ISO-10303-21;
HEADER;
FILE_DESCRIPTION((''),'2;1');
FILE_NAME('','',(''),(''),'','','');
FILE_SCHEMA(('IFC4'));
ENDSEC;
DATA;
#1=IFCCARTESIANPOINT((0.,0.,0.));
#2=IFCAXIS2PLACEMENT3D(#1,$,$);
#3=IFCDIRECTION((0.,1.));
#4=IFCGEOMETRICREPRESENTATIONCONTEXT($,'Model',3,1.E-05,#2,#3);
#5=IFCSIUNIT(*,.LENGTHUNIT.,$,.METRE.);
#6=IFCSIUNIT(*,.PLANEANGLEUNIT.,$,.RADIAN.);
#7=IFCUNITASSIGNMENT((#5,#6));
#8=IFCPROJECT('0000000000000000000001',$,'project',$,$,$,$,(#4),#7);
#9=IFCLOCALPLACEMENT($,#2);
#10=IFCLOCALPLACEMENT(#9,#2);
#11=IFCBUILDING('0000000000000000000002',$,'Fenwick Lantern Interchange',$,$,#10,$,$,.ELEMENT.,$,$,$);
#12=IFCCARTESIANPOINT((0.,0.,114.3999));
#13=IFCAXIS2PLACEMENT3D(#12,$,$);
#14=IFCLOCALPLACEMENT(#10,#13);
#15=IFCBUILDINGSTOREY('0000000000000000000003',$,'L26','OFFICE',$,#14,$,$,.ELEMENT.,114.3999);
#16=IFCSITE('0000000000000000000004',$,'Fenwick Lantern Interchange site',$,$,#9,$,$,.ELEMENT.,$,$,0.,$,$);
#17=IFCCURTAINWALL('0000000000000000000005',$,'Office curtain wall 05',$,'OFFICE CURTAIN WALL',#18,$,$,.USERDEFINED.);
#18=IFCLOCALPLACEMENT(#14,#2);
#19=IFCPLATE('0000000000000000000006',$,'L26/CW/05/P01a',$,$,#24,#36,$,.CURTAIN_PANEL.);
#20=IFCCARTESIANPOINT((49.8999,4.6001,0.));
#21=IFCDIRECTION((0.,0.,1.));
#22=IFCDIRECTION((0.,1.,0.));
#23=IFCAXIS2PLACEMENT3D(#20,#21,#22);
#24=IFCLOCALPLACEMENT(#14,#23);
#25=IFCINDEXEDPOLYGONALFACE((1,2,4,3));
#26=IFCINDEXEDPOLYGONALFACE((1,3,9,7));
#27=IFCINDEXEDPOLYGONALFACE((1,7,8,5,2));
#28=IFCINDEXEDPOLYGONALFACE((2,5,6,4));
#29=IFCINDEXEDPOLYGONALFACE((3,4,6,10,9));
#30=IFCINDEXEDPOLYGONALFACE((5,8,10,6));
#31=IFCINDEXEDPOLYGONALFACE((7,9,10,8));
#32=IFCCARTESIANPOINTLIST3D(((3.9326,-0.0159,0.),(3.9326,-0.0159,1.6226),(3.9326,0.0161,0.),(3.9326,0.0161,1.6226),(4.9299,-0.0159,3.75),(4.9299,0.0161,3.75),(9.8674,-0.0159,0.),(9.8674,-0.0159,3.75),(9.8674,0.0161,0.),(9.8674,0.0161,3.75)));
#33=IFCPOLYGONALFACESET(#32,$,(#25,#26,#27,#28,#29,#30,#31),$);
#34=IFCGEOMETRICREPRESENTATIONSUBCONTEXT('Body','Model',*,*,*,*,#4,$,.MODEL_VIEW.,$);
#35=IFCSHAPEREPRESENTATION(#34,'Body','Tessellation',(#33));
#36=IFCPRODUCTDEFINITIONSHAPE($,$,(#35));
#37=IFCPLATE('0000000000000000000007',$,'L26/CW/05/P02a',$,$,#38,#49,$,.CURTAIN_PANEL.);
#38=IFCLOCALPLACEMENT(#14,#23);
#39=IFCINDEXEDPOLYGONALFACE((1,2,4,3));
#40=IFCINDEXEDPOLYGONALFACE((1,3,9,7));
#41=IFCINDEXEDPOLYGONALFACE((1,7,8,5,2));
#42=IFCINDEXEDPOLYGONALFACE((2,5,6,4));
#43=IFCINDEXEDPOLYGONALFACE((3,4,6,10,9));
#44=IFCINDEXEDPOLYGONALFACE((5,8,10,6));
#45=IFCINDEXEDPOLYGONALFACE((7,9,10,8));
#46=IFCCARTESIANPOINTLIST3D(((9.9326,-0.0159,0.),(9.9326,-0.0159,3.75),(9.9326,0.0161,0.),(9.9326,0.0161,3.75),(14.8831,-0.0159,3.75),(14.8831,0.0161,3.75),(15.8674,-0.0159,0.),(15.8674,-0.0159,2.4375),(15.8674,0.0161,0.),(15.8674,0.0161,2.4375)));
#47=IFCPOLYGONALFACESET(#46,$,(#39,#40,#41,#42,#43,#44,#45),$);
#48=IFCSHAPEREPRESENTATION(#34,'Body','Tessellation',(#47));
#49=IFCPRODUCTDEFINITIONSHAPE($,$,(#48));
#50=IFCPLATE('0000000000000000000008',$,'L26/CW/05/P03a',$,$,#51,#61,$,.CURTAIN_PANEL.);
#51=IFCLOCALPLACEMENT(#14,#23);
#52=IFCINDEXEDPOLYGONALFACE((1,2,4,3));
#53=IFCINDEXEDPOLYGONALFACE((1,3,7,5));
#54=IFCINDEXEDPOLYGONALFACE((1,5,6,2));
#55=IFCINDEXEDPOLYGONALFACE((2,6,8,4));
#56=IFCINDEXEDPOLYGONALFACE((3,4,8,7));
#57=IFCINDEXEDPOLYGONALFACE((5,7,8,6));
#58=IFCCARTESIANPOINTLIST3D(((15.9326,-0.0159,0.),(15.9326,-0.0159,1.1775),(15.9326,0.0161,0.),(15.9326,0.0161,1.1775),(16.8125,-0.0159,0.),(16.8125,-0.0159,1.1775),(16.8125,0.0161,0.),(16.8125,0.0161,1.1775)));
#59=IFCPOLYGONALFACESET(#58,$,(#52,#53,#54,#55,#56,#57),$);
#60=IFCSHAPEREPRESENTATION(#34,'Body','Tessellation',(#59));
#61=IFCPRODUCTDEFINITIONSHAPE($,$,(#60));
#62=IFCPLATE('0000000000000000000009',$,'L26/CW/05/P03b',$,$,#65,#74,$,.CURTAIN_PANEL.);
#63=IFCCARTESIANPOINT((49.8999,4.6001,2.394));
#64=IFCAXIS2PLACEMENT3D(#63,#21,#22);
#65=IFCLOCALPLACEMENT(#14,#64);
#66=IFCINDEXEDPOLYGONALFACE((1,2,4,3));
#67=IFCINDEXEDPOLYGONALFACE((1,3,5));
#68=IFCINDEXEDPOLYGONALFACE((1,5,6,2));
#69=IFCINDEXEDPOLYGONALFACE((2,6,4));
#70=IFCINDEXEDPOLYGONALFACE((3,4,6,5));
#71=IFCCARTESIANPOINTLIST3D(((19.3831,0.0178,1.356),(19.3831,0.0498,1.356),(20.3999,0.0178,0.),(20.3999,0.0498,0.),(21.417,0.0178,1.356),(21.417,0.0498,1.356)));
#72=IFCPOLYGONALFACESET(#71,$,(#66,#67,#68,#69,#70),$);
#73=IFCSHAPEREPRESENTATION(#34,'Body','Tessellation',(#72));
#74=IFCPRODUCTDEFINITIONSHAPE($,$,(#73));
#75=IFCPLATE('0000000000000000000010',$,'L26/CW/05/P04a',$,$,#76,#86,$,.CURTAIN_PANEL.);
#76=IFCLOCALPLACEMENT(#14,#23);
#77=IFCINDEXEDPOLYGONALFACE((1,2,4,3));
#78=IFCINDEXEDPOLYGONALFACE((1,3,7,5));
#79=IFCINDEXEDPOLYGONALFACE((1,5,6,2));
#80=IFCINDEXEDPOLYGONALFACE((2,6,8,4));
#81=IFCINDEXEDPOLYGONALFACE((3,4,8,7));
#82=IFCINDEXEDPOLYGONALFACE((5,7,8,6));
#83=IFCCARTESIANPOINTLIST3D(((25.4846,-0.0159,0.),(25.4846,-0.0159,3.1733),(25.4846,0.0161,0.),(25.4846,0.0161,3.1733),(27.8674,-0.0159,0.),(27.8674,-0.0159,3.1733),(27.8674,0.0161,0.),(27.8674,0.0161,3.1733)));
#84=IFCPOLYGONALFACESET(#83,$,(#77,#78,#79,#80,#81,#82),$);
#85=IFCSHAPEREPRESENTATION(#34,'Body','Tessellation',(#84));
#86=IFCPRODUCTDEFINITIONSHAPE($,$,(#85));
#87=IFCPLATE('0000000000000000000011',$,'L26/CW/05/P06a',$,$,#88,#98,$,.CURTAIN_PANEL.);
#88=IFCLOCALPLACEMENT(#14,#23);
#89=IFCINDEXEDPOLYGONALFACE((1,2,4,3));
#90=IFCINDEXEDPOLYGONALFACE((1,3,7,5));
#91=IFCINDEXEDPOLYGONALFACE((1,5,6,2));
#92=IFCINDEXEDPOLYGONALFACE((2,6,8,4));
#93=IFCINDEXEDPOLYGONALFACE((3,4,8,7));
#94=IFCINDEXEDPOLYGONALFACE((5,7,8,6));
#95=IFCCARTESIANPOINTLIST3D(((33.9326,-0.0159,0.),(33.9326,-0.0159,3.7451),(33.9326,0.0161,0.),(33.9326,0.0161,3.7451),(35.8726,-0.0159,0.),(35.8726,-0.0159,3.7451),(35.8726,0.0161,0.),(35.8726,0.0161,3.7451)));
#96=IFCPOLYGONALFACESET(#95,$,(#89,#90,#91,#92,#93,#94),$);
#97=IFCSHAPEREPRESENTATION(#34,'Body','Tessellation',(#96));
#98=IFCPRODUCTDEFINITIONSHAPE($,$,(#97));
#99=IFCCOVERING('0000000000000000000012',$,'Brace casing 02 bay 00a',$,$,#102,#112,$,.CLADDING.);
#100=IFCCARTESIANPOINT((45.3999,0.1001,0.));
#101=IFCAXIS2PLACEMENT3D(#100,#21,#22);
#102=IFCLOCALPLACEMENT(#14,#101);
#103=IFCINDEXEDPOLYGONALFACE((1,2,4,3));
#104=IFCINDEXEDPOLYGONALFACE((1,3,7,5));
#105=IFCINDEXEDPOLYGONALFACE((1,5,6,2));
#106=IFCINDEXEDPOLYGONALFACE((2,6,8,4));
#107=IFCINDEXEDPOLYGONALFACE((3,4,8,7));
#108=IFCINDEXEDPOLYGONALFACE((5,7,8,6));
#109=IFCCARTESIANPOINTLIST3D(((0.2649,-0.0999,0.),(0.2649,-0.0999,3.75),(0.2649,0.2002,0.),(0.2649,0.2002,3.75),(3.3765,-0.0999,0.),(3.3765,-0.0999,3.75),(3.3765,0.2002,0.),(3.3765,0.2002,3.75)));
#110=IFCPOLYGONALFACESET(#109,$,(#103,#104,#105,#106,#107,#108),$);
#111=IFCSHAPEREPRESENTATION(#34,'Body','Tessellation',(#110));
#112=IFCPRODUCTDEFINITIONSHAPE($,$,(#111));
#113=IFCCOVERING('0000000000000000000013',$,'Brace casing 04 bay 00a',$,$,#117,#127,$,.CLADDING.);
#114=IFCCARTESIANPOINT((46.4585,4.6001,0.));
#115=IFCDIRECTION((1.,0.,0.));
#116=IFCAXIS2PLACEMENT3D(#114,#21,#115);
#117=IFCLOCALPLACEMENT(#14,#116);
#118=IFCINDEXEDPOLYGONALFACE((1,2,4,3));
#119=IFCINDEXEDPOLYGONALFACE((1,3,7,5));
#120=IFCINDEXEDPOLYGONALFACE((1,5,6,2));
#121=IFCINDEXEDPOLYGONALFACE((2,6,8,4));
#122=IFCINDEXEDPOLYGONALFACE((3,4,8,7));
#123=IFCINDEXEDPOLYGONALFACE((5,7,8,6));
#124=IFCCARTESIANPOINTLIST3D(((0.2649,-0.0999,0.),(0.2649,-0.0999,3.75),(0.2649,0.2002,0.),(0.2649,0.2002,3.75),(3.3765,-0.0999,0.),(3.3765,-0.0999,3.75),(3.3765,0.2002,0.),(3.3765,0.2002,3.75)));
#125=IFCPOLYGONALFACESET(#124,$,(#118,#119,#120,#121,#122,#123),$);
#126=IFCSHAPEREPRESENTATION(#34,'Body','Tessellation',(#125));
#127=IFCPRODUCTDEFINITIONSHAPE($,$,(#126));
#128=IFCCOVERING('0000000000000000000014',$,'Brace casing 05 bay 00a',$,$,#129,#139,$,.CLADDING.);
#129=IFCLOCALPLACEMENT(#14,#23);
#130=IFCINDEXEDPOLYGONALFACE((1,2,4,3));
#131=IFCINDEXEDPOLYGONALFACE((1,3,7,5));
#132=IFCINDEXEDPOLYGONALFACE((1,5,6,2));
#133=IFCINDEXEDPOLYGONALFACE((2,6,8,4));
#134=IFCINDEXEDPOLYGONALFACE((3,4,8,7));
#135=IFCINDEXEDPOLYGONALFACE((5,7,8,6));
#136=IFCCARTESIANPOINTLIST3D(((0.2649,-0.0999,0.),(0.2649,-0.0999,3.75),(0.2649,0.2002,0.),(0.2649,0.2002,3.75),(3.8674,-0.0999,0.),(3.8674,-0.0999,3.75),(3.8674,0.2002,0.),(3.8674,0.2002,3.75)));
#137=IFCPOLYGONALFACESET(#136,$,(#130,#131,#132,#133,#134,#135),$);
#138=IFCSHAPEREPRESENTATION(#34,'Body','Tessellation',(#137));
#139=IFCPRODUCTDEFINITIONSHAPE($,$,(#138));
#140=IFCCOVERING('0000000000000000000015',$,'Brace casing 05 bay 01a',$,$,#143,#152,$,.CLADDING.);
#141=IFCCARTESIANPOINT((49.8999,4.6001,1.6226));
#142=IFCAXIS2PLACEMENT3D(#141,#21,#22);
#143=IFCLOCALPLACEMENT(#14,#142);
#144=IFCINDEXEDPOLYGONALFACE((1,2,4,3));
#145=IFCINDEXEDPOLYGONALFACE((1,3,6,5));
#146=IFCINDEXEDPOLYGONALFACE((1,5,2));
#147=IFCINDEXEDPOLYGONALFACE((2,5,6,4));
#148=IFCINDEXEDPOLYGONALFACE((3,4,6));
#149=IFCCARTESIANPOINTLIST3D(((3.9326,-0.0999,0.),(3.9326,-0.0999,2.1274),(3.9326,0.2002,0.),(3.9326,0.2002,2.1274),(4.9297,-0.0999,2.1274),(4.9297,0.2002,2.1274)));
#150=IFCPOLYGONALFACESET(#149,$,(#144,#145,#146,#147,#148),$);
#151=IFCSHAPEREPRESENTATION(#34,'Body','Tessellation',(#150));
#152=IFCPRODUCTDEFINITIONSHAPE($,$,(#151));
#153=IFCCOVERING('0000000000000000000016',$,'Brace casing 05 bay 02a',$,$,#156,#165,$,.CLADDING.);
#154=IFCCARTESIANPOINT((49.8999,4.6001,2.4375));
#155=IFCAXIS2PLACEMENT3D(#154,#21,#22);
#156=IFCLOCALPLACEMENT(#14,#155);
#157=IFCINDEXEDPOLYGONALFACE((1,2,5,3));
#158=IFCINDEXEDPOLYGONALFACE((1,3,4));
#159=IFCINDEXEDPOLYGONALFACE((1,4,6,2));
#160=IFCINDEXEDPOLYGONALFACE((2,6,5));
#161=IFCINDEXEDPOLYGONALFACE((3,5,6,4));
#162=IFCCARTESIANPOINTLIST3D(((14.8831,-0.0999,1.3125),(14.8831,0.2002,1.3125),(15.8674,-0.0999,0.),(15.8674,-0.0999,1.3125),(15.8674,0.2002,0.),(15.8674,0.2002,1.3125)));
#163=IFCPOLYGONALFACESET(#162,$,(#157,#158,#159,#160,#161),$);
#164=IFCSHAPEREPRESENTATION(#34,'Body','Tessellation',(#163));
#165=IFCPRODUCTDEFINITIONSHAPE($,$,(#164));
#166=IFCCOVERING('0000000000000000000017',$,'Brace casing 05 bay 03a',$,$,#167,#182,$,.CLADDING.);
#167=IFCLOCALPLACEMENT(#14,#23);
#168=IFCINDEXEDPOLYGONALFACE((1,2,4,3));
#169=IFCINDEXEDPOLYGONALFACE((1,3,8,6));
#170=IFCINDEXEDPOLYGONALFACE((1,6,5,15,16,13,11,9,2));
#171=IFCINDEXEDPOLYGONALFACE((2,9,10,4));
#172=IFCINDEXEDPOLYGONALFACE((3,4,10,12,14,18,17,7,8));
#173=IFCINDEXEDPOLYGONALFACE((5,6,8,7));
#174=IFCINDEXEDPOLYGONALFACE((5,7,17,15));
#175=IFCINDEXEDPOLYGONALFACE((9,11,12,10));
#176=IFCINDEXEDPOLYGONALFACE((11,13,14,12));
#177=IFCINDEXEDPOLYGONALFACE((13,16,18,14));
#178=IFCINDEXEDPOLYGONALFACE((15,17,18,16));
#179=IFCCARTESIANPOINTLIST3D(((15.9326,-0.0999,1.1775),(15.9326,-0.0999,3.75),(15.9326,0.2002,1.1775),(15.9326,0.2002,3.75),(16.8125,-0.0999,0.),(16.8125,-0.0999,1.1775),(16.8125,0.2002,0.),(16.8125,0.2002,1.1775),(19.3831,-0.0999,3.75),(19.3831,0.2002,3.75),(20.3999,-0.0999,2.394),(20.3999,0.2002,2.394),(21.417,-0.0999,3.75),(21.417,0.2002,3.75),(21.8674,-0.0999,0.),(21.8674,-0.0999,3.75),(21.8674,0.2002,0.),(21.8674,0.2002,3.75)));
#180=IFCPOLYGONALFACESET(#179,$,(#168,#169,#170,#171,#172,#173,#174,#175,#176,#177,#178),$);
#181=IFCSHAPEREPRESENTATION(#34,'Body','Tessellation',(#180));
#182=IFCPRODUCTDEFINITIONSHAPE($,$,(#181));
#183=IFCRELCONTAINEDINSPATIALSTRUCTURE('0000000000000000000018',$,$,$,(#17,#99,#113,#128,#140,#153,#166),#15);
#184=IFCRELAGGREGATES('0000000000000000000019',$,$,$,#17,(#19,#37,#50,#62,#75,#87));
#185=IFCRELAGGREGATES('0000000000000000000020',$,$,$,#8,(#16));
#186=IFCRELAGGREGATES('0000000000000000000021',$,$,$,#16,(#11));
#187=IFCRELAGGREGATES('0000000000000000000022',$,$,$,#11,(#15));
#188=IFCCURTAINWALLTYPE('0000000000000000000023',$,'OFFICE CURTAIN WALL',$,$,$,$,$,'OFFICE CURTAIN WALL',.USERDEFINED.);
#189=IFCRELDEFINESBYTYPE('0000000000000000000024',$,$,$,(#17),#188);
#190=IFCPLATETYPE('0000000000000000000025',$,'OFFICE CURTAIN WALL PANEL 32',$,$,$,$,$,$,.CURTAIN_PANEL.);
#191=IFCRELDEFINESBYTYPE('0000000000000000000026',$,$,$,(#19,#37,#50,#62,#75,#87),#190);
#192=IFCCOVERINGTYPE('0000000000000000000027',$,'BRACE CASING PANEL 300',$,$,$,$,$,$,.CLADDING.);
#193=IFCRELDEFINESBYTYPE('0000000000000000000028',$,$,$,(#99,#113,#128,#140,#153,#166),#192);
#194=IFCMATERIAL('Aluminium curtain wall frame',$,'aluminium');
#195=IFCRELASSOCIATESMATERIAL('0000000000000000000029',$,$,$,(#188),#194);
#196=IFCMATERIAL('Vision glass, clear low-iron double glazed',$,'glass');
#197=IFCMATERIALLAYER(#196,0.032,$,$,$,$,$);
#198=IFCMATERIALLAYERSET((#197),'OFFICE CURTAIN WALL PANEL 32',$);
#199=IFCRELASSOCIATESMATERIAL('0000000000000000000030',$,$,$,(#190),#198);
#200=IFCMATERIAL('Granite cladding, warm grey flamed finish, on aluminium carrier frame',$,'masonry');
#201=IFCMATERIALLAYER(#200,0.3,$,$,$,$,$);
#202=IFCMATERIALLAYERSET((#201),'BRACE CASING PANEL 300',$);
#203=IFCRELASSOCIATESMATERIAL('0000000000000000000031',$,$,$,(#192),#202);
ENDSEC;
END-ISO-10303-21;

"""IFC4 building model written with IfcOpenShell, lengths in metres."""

from ifc_helpers import new_model, si_unit, direction, frame, origin, place, context, subcontext, project, spatial, polyline, outline, extrude, material, layer, layer_set, type_object, element, aggregate, save


model = new_model("IFC4")

# Units and contexts
model_context = context("Model", 3, precision=1e-05, world=origin(), true_north=direction((0.0, 1.0)))
body_context = subcontext(model_context, "Body", "Model", "MODEL_VIEW")
ifc_project = project(units=[si_unit("LENGTHUNIT", "METRE"), si_unit("PLANEANGLEUNIT", "RADIAN")], contexts=[model_context])

# Site, building, storey
site_placement = place(None, origin())
site = spatial("IfcSite", under=ifc_project, at=site_placement, Name="Fenwick Lantern Interchange site", CompositionType="ELEMENT", RefElevation=0.0)
building_placement = place(site_placement, origin())
building = spatial("IfcBuilding", under=site, at=building_placement, Name="Fenwick Lantern Interchange", CompositionType="ELEMENT")
storey_placement = place(building_placement, frame((0.0, 0.0, 114.3999)))
storey = spatial("IfcBuildingStorey", under=building, at=storey_placement, Name="L26", Description="OFFICE", CompositionType="ELEMENT", Elevation=114.3999)

# Shared definitions
ifc_material_1 = material(Name="Aluminium curtain wall frame", Category="aluminium")
curtain_wall_type = type_object("IfcCurtainWallType", Name="OFFICE CURTAIN WALL", ElementType="OFFICE CURTAIN WALL", PredefinedType="USERDEFINED", material=ifc_material_1)

# Shared definitions
ifc_material_2 = material(Name="Vision glass, clear low-iron double glazed", Category="glass")
ifc_layer_1 = layer(ifc_material_2, 0.032)
ifc_layer_set_1 = layer_set([ifc_layer_1], Name="OFFICE CURTAIN WALL PANEL 32")
plate_type = type_object("IfcPlateType", Name="OFFICE CURTAIN WALL PANEL 32", PredefinedType="CURTAIN_PANEL", material=ifc_layer_set_1)

# Curtain wall, plates
curtain_wall_1_placement = place(storey_placement, origin())
curtain_wall_1 = element("IfcCurtainWall", 1, at=curtain_wall_1_placement, inside=storey, type_object=curtain_wall_type, Name="Office curtain wall 05", ObjectType="OFFICE CURTAIN WALL", PredefinedType="USERDEFINED")
plate_1_placement = place(storey_placement, frame((49.8999, 4.6001, 0.0), z_axis=(0.0, 0.0, 1.0), x_axis=(0.0, 1.0, 0.0)))
plate_1 = element("IfcPlate", 2, at=plate_1_placement, type_object=plate_type, Name="L26/CW/05/P01a", PredefinedType="CURTAIN_PANEL", context=body_context, shape_type="SweptSolid", body=[
    extrude(outline(polyline([(3.9326, 0.0), (9.8674, 0.0), (9.8674, 3.75), (4.9299, 3.75), (3.9326, 1.6226), (3.9326, 0.0)])), frame((0.0, 0.0161, 0.0), z_axis=(0.0, -1.0, 0.0), x_axis=(1.0, 0.0, 0.0)), (0.0, 0.0, 1.0), 0.032),
])
plate_2_placement = place(storey_placement, frame((49.8999, 4.6001, 0.0), z_axis=(0.0, 0.0, 1.0), x_axis=(0.0, 1.0, 0.0)))
plate_2 = element("IfcPlate", 3, at=plate_2_placement, type_object=plate_type, Name="L26/CW/05/P02a", PredefinedType="CURTAIN_PANEL", context=body_context, shape_type="SweptSolid", body=[
    extrude(outline(polyline([(9.9326, 0.0), (15.8674, 0.0), (15.8674, 2.4375), (14.8831, 3.75), (9.9326, 3.75), (9.9326, 0.0)])), frame((0.0, 0.0161, 0.0), z_axis=(0.0, -1.0, 0.0), x_axis=(1.0, 0.0, 0.0)), (0.0, 0.0, 1.0), 0.032),
])
plate_3_placement = place(storey_placement, frame((49.8999, 4.6001, 0.0), z_axis=(0.0, 0.0, 1.0), x_axis=(0.0, 1.0, 0.0)))
plate_3 = element("IfcPlate", 4, at=plate_3_placement, type_object=plate_type, Name="L26/CW/05/P03a", PredefinedType="CURTAIN_PANEL", context=body_context, shape_type="SweptSolid", body=[
    extrude(outline(polyline([(15.9326, 0.0), (16.8125, 0.0), (16.8125, 1.1775), (15.9326, 1.1775), (15.9326, 0.0)])), frame((0.0, 0.0161, 0.0), z_axis=(0.0, -1.0, 0.0), x_axis=(1.0, 0.0, 0.0)), (0.0, 0.0, 1.0), 0.032),
])
plate_4_placement = place(storey_placement, frame((49.8999, 4.6001, 2.394), z_axis=(0.0, 0.0, 1.0), x_axis=(0.0, 1.0, 0.0)))
plate_4 = element("IfcPlate", 5, at=plate_4_placement, type_object=plate_type, Name="L26/CW/05/P03b", PredefinedType="CURTAIN_PANEL", context=body_context, shape_type="SweptSolid", body=[
    extrude(outline(polyline([(20.3999, 0.0), (21.417, 1.356), (19.3831, 1.356), (20.3999, 0.0)])), frame((0.0, 0.0498, 0.0), z_axis=(0.0, -1.0, 0.0), x_axis=(1.0, 0.0, 0.0)), (0.0, 0.0, 1.0), 0.032),
])
plate_5_placement = place(storey_placement, frame((49.8999, 4.6001, 0.0), z_axis=(0.0, 0.0, 1.0), x_axis=(0.0, 1.0, 0.0)))
plate_5 = element("IfcPlate", 6, at=plate_5_placement, type_object=plate_type, Name="L26/CW/05/P04a", PredefinedType="CURTAIN_PANEL", context=body_context, shape_type="SweptSolid", body=[
    extrude(outline(polyline([(25.4846, 0.0), (27.8674, 0.0), (27.8674, 3.1733), (25.4846, 3.1733), (25.4846, 0.0)])), frame((0.0, 0.0161, 0.0), z_axis=(0.0, -1.0, 0.0), x_axis=(1.0, 0.0, 0.0)), (0.0, 0.0, 1.0), 0.032),
])
plate_6_placement = place(storey_placement, frame((49.8999, 4.6001, 0.0), z_axis=(0.0, 0.0, 1.0), x_axis=(0.0, 1.0, 0.0)))
plate_6 = element("IfcPlate", 7, at=plate_6_placement, type_object=plate_type, Name="L26/CW/05/P06a", PredefinedType="CURTAIN_PANEL", context=body_context, shape_type="SweptSolid", body=[
    extrude(outline(polyline([(33.9326, 0.0), (35.8726, 0.0), (35.8726, 3.7451), (33.9326, 3.7451), (33.9326, 0.0)])), frame((0.0, 0.0161, 0.0), z_axis=(0.0, -1.0, 0.0), x_axis=(1.0, 0.0, 0.0)), (0.0, 0.0, 1.0), 0.032),
])
aggregate(curtain_wall_1, [plate_1, plate_2, plate_3, plate_4, plate_5, plate_6])

# Coverings
ifc_material_3 = material(Name="Granite cladding, warm grey flamed finish, on aluminium carrier frame", Category="masonry")
ifc_layer_2 = layer(ifc_material_3, 0.3)
ifc_layer_set_2 = layer_set([ifc_layer_2], Name="BRACE CASING PANEL 300")
covering_type = type_object("IfcCoveringType", Name="BRACE CASING PANEL 300", PredefinedType="CLADDING", material=ifc_layer_set_2)
for number, where, z_axis, x_axis, name in (
    (8, (45.3999, 0.1001, 0.0), (0.0, 0.0, 1.0), (0.0, 1.0, 0.0), "Brace casing 02 bay 00a"),
    (9, (46.4585, 4.6001, 0.0), (0.0, 0.0, 1.0), (1.0, 0.0, 0.0), "Brace casing 04 bay 00a"),
):
    element("IfcCovering", number, at=place(storey_placement, frame(where, z_axis=z_axis, x_axis=x_axis)), inside=storey, type_object=covering_type, Name=name, PredefinedType="CLADDING", context=body_context, shape_type="SweptSolid", body=[
        extrude(outline(polyline([(0.2649, 0.0), (3.3765, 0.0), (3.3765, 3.75), (0.2649, 3.75), (0.2649, 0.0)])), frame((0.0, 0.2002, 0.0), z_axis=(0.0, -1.0, 0.0), x_axis=(1.0, 0.0, 0.0)), (0.0, 0.0, 1.0), 0.3),
    ])
covering_1_placement = place(storey_placement, frame((49.8999, 4.6001, 0.0), z_axis=(0.0, 0.0, 1.0), x_axis=(0.0, 1.0, 0.0)))
element("IfcCovering", 10, at=covering_1_placement, inside=storey, type_object=covering_type, Name="Brace casing 05 bay 00a", PredefinedType="CLADDING", context=body_context, shape_type="SweptSolid", body=[
    extrude(outline(polyline([(0.2649, 0.0), (3.8674, 0.0), (3.8674, 3.75), (0.2649, 3.75), (0.2649, 0.0)])), frame((0.0, 0.2002, 0.0), z_axis=(0.0, -1.0, 0.0), x_axis=(1.0, 0.0, 0.0)), (0.0, 0.0, 1.0), 0.3),
])
covering_2_placement = place(storey_placement, frame((49.8999, 4.6001, 1.6226), z_axis=(0.0, 0.0, 1.0), x_axis=(0.0, 1.0, 0.0)))
element("IfcCovering", 11, at=covering_2_placement, inside=storey, type_object=covering_type, Name="Brace casing 05 bay 01a", PredefinedType="CLADDING", context=body_context, shape_type="SweptSolid", body=[
    extrude(outline(polyline([(3.9326, 0.0), (4.9297, 2.1274), (3.9326, 2.1274), (3.9326, 0.0)])), frame((0.0, 0.2002, 0.0), z_axis=(0.0, -1.0, 0.0), x_axis=(1.0, 0.0, 0.0)), (0.0, 0.0, 1.0), 0.3),
])
covering_3_placement = place(storey_placement, frame((49.8999, 4.6001, 2.4375), z_axis=(0.0, 0.0, 1.0), x_axis=(0.0, 1.0, 0.0)))
element("IfcCovering", 12, at=covering_3_placement, inside=storey, type_object=covering_type, Name="Brace casing 05 bay 02a", PredefinedType="CLADDING", context=body_context, shape_type="SweptSolid", body=[
    extrude(outline(polyline([(15.8674, 0.0), (15.8674, 1.3125), (14.8831, 1.3125), (15.8674, 0.0)])), frame((0.0, 0.2002, 0.0), z_axis=(0.0, -1.0, 0.0), x_axis=(1.0, 0.0, 0.0)), (0.0, 0.0, 1.0), 0.3),
])
covering_4_placement = place(storey_placement, frame((49.8999, 4.6001, 0.0), z_axis=(0.0, 0.0, 1.0), x_axis=(0.0, 1.0, 0.0)))
element("IfcCovering", 13, at=covering_4_placement, inside=storey, type_object=covering_type, Name="Brace casing 05 bay 03a", PredefinedType="CLADDING", context=body_context, shape_type="SweptSolid", body=[
    extrude(outline(polyline([(16.8125, 0.0), (21.8674, 0.0), (21.8674, 3.75), (21.417, 3.75), (20.3999, 2.394), (19.3831, 3.75), (15.9326, 3.75), (15.9326, 1.1775), (16.8125, 1.1775), (16.8125, 0.0)])), frame((0.0, 0.2002, 0.0), z_axis=(0.0, -1.0, 0.0), x_axis=(1.0, 0.0, 0.0)), (0.0, 0.0, 1.0), 0.3),
])

save(model, "model.ifc")
